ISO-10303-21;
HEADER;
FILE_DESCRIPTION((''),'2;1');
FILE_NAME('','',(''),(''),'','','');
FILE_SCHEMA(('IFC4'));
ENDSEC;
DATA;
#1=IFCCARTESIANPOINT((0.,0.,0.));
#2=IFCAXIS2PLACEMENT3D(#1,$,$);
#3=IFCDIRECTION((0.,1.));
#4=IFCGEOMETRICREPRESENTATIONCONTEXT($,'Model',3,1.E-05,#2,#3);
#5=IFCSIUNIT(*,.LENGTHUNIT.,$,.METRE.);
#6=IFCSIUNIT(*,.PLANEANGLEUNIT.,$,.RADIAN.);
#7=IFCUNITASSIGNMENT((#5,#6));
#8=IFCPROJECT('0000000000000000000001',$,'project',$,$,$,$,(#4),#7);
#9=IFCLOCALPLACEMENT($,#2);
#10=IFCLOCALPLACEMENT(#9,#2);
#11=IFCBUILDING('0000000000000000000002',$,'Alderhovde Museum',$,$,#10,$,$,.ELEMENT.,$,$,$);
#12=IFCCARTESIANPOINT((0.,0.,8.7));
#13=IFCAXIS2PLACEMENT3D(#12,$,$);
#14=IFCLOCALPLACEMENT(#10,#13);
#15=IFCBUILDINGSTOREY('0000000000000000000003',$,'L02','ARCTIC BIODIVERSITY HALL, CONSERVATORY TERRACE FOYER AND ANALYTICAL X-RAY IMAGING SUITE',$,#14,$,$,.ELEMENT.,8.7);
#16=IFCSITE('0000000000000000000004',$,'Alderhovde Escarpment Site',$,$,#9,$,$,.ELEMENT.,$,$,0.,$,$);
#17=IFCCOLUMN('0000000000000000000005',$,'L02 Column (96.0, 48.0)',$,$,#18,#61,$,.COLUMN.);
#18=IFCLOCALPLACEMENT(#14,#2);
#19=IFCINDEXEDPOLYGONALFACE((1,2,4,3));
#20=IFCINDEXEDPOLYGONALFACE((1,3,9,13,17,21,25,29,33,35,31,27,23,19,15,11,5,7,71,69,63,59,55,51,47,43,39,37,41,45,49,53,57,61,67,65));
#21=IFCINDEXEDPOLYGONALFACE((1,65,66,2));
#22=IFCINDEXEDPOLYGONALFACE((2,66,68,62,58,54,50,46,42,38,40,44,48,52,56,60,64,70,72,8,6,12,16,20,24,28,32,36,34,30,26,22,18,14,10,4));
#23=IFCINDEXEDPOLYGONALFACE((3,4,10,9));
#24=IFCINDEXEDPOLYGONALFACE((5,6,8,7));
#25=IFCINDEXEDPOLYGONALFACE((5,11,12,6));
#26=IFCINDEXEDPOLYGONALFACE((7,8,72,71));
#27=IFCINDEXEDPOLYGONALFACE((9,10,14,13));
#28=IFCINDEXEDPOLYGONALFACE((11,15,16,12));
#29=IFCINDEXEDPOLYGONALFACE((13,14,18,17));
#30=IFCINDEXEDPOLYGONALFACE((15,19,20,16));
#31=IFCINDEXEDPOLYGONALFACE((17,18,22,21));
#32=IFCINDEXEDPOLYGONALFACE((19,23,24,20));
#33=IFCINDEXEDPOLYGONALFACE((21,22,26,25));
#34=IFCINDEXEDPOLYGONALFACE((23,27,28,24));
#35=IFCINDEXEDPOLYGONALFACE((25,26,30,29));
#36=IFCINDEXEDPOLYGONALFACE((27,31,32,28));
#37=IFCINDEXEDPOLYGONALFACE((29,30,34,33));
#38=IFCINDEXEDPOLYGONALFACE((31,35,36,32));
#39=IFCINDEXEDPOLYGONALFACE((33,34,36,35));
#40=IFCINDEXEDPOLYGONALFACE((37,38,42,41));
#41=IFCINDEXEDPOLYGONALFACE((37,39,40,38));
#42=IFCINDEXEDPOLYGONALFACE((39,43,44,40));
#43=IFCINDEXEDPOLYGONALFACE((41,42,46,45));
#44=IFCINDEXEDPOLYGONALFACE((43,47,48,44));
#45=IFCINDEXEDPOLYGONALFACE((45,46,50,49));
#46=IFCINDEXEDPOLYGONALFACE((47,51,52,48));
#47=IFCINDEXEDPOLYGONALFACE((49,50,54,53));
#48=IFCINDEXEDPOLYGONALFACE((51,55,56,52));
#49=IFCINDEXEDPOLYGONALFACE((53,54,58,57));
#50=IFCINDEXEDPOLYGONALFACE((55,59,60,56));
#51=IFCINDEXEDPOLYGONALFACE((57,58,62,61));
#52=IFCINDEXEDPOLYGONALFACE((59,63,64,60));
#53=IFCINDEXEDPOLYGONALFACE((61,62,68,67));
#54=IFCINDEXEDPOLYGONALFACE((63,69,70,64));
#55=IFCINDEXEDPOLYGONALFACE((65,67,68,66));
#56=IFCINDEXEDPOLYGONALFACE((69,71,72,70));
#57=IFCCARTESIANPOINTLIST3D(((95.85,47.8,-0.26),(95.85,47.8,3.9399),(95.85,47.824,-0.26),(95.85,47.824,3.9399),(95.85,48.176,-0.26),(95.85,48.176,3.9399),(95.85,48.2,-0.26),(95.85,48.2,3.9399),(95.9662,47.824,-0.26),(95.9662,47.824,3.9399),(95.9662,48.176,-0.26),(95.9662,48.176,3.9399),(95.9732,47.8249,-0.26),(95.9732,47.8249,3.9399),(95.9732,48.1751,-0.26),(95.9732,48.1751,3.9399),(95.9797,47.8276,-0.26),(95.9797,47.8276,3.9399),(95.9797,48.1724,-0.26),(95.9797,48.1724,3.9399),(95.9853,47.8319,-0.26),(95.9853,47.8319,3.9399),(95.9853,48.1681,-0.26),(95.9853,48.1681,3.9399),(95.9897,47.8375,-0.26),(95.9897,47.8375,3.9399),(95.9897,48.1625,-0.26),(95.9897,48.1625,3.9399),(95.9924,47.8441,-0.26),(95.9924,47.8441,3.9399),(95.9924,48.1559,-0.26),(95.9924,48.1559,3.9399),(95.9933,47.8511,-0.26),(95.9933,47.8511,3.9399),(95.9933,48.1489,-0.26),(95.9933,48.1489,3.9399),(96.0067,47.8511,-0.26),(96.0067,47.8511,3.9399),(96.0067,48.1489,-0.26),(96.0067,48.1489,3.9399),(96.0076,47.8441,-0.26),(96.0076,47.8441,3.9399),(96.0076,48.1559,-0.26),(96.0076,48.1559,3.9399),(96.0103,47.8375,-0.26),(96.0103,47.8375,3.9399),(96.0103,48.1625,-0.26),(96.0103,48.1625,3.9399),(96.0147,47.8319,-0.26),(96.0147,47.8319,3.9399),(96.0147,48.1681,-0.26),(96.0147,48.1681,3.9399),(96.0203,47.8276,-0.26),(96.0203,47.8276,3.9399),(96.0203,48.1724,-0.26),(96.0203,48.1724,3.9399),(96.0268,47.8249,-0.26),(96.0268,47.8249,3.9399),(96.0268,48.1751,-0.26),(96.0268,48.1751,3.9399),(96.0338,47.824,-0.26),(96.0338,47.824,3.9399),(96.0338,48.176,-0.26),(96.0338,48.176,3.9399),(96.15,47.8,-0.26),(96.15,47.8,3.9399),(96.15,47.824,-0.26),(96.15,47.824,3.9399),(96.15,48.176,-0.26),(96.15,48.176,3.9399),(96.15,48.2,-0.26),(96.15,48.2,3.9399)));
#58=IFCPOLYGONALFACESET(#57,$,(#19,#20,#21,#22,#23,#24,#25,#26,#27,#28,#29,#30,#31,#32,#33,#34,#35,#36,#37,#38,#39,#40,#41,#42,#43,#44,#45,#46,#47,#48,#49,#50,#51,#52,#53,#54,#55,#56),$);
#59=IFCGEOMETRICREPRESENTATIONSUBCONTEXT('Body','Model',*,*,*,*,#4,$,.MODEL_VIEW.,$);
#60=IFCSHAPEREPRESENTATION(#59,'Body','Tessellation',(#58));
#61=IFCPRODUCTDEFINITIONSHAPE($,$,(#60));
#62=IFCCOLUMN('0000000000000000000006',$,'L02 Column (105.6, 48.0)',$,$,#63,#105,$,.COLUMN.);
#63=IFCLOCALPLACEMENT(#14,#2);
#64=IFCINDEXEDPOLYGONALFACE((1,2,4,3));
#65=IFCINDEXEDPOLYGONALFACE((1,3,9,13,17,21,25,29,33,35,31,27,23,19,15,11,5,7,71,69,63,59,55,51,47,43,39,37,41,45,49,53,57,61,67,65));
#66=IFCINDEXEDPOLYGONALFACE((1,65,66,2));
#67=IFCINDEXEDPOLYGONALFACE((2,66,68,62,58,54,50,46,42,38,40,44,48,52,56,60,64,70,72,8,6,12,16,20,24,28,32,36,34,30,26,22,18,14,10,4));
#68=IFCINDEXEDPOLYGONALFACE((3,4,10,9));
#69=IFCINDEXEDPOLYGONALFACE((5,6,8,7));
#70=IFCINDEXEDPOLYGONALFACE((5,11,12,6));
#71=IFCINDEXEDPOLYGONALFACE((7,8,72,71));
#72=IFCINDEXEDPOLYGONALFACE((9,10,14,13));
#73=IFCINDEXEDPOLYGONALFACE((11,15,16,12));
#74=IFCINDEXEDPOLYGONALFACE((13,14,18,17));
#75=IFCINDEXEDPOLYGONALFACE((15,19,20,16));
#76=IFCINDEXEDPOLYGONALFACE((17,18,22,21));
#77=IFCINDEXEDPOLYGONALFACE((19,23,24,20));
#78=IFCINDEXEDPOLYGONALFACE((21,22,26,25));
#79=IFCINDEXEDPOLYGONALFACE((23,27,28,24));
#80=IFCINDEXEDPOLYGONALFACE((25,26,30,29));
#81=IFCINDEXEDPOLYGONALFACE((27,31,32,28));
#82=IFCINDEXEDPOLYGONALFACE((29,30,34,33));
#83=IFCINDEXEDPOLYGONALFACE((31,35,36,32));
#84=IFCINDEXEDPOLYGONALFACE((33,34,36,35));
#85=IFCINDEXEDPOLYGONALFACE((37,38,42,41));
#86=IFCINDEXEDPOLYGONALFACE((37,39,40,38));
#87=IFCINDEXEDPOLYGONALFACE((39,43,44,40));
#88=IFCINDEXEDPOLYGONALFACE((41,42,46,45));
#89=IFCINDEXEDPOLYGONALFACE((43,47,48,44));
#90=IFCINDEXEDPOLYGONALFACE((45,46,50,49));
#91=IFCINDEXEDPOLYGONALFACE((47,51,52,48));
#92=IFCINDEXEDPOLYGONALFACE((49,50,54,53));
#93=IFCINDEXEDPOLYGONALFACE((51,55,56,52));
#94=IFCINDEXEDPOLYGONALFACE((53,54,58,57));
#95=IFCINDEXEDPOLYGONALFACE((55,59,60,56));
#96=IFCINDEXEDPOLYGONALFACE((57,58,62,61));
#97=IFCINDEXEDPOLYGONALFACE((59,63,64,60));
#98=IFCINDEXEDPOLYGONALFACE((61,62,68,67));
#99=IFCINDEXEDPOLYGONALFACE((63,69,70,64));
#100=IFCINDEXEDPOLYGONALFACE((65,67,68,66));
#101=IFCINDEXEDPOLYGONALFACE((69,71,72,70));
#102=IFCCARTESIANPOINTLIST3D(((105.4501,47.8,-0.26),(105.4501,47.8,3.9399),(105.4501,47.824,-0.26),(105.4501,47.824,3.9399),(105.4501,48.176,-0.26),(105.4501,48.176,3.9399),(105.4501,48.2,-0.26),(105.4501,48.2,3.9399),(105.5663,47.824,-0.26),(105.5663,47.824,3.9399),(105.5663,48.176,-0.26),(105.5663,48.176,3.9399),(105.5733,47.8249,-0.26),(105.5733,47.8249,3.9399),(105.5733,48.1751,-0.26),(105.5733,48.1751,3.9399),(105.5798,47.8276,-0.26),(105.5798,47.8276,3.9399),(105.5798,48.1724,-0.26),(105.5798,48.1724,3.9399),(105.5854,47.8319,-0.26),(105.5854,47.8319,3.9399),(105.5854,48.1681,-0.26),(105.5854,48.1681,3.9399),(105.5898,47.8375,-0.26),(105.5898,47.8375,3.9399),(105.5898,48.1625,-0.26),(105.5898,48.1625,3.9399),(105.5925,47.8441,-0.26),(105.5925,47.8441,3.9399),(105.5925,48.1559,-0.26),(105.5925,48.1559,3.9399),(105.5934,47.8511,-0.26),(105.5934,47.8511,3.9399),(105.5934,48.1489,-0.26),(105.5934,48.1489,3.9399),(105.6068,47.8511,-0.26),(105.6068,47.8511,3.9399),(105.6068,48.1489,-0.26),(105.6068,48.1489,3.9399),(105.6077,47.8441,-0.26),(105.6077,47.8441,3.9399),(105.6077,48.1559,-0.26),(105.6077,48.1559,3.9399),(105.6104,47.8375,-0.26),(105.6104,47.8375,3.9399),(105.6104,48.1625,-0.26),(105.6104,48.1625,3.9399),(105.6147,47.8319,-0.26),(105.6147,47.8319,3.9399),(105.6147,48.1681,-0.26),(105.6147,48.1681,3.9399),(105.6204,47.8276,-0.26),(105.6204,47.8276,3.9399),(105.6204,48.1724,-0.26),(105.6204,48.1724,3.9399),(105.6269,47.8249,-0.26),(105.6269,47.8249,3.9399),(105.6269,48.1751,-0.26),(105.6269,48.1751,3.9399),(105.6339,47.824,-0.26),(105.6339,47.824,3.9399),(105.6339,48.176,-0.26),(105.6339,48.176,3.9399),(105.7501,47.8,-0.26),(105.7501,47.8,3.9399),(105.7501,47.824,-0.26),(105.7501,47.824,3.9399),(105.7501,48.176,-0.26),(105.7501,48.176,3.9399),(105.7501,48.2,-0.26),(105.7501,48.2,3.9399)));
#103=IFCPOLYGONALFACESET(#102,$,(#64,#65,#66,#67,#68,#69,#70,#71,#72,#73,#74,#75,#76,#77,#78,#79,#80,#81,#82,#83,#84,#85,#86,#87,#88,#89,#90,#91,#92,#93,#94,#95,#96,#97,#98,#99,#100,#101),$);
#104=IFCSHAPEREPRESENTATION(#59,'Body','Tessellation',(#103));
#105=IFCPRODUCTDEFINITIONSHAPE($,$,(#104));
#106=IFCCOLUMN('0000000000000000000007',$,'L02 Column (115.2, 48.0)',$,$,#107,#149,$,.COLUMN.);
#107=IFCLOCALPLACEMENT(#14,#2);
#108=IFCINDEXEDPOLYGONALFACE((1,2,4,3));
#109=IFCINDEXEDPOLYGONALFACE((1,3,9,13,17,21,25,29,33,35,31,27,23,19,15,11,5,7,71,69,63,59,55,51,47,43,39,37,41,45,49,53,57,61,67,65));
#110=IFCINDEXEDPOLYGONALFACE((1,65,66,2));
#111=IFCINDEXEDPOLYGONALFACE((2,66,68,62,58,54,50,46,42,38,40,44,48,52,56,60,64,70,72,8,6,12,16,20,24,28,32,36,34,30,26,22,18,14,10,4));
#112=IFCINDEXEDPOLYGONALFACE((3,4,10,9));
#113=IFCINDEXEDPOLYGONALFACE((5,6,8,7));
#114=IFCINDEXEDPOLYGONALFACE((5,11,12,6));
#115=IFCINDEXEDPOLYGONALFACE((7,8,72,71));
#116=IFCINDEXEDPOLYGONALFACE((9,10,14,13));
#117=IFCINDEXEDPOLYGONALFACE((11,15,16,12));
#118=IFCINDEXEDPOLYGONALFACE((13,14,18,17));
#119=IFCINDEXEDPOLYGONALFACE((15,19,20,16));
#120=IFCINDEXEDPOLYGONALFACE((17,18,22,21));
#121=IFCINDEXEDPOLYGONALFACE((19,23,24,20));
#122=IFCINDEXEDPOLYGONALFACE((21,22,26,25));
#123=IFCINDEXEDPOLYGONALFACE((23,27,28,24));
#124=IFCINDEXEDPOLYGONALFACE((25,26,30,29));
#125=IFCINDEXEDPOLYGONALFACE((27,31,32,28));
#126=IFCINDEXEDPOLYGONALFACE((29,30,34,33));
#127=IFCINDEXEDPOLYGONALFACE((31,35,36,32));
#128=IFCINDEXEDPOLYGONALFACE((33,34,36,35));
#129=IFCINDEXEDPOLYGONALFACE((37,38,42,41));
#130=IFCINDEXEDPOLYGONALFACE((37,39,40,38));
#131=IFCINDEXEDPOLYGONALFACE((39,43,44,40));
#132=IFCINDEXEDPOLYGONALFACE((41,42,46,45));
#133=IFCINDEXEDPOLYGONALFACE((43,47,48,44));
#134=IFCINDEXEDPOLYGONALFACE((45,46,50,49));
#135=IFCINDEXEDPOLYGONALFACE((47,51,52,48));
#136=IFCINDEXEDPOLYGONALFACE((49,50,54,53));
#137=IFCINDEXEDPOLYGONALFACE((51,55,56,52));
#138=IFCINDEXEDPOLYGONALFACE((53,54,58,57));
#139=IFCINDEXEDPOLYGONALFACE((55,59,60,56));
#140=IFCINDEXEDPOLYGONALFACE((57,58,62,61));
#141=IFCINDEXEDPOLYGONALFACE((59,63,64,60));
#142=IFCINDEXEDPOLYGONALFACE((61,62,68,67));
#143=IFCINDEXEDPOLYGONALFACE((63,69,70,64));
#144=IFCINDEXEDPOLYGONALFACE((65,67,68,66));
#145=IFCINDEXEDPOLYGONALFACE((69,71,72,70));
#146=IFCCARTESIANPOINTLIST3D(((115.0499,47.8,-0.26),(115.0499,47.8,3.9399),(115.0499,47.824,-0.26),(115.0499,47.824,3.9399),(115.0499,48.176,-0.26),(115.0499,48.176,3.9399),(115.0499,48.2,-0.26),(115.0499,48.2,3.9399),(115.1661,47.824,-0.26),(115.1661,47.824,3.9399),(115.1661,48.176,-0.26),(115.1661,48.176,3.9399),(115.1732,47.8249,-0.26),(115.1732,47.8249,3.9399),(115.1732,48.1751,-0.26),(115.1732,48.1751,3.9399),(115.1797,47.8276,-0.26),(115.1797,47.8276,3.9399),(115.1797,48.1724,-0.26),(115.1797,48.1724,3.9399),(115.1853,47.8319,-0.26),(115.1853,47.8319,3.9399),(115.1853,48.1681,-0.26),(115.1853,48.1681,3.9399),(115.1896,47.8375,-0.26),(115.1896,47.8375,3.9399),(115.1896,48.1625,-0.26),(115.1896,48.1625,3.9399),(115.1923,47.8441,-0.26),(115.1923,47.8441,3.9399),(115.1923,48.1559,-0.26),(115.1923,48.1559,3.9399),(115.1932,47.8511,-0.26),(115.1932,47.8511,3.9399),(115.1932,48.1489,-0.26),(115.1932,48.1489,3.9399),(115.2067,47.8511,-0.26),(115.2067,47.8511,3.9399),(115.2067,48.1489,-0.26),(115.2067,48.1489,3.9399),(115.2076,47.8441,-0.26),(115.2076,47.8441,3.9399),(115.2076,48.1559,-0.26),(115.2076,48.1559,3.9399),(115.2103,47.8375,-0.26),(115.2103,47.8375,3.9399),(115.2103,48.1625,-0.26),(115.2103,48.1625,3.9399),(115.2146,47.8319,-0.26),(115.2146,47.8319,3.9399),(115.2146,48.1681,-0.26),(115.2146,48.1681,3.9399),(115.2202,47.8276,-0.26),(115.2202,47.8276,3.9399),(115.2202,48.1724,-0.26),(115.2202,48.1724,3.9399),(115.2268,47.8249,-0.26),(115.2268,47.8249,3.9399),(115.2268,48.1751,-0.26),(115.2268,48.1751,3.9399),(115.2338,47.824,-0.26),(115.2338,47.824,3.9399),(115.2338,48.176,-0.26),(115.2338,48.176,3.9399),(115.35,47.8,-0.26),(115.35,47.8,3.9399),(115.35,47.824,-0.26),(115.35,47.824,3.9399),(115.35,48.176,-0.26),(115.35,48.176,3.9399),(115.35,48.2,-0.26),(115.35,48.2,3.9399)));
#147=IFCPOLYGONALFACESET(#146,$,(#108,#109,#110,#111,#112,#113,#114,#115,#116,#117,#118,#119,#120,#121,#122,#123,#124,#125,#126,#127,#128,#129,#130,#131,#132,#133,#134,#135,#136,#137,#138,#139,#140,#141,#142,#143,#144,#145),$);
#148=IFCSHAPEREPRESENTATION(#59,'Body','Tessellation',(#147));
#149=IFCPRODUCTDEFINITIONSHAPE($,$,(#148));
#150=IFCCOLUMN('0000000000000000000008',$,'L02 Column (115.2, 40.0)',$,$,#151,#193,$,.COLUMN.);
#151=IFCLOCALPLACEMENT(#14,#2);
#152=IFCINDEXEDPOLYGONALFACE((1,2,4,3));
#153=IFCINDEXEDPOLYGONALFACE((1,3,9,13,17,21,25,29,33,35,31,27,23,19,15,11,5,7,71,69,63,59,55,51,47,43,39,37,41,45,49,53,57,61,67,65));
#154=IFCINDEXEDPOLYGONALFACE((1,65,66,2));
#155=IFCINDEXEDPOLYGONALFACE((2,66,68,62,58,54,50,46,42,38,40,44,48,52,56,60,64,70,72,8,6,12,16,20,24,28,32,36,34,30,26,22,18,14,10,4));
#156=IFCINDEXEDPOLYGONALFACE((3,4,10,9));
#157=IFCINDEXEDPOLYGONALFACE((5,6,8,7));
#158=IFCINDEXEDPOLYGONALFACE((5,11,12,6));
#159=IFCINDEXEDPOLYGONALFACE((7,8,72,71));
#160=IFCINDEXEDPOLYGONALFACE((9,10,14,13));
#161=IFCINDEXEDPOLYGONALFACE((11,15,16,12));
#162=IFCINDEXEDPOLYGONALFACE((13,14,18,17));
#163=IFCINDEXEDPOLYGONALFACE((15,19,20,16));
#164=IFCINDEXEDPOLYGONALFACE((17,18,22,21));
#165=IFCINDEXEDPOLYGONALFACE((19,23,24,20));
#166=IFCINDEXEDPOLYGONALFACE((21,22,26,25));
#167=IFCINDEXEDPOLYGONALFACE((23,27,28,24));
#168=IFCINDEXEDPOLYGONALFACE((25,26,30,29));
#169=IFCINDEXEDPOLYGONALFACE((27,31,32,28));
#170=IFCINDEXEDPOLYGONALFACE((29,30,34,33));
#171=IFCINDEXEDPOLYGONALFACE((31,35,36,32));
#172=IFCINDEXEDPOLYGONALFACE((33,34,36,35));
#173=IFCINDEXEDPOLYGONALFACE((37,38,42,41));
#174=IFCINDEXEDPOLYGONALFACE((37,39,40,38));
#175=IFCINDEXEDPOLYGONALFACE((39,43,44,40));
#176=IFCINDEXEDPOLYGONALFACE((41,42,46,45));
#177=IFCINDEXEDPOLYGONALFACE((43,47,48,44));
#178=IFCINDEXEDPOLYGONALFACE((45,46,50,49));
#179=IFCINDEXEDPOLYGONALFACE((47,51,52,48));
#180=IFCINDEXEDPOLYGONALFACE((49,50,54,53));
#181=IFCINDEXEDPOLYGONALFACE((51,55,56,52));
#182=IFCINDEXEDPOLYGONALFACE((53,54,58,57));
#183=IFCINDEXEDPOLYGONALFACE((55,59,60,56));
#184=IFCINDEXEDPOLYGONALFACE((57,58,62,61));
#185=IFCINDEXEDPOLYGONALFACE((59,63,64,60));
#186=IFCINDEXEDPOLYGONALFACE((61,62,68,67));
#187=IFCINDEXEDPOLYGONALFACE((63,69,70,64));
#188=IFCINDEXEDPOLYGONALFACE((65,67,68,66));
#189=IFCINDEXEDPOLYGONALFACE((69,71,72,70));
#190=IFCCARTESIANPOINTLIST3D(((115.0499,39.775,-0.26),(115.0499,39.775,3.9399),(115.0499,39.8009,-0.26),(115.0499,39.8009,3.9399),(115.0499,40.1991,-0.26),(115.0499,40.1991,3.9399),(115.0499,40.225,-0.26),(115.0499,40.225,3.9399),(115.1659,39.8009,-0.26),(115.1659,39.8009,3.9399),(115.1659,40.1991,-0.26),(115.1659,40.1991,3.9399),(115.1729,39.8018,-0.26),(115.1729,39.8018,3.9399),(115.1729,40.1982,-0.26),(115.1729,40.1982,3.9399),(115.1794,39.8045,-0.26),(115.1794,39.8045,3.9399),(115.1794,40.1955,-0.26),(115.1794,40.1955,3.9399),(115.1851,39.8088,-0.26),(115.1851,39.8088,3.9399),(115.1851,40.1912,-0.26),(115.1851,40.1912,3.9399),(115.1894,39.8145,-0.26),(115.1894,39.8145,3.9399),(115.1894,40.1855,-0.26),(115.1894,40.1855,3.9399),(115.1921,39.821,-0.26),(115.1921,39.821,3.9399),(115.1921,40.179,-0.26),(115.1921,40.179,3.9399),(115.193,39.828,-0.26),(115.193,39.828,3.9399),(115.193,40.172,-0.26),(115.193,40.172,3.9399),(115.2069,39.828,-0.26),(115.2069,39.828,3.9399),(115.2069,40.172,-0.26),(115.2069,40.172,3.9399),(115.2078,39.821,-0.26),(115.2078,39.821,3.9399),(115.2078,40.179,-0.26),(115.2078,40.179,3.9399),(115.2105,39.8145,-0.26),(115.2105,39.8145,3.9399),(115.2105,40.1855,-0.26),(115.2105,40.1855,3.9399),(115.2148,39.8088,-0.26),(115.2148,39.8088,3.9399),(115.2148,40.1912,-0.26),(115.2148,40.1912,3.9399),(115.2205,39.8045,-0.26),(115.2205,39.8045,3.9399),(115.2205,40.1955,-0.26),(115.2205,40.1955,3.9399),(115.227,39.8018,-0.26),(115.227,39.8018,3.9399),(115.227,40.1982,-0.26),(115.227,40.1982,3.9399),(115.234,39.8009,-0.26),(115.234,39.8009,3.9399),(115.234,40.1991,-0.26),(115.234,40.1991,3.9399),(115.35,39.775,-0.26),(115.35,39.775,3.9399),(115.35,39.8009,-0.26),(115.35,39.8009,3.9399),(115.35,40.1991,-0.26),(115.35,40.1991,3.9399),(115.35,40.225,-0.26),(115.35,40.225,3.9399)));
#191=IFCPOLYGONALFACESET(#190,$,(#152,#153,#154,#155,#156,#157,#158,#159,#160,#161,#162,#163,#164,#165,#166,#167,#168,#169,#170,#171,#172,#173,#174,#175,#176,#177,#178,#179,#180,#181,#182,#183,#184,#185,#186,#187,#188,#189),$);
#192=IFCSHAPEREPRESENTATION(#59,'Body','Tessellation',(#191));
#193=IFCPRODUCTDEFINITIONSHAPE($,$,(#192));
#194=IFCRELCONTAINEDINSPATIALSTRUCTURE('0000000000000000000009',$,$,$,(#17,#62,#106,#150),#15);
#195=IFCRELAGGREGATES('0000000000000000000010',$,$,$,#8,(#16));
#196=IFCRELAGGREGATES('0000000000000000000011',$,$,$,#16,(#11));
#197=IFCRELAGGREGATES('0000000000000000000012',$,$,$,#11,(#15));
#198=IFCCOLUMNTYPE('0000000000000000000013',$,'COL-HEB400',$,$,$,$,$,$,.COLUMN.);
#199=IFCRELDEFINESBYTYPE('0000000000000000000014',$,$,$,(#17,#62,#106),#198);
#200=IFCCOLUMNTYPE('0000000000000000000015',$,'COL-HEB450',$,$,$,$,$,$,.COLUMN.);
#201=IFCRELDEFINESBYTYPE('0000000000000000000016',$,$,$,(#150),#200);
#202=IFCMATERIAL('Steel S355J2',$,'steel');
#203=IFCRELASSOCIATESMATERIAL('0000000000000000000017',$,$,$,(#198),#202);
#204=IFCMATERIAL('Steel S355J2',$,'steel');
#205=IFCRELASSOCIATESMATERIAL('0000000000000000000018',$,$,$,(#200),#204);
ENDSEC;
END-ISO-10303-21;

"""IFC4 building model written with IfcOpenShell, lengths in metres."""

from ifc_helpers import new_model, si_unit, direction, frame, origin, origin_2d, place, context, subcontext, project, spatial, i_section, extrude, material, material_profile, profile_set, type_object, element, save


model = new_model("IFC4")

# Units and contexts
model_context = context("Model", 3, precision=1e-05, world=origin(), true_north=direction((0.0, 1.0)))
body_context = subcontext(model_context, "Body", "Model", "MODEL_VIEW")
ifc_project = project(units=[si_unit("LENGTHUNIT", "METRE"), si_unit("PLANEANGLEUNIT", "RADIAN")], contexts=[model_context])

# Site, building, storey
site_placement = place(None, origin())
site = spatial("IfcSite", under=ifc_project, at=site_placement, Name="Alderhovde Escarpment Site", CompositionType="ELEMENT", RefElevation=0.0)
building_placement = place(site_placement, origin())
building = spatial("IfcBuilding", under=site, at=building_placement, Name="Alderhovde Museum", CompositionType="ELEMENT")
storey_placement = place(building_placement, frame((0.0, 0.0, 8.7)))
storey = spatial("IfcBuildingStorey", under=building, at=storey_placement, Name="L02", Description="ARCTIC BIODIVERSITY HALL, CONSERVATORY TERRACE FOYER AND ANALYTICAL X-RAY IMAGING SUITE", CompositionType="ELEMENT", Elevation=8.7)

# Columns
ifc_material_1 = material(Name="Steel S355J2", Category="steel")
ifc_material_profile_1 = material_profile(ifc_material_1, i_section(OverallWidth=0.3, OverallDepth=0.3999, WebThickness=0.0134, FlangeThickness=0.0239, FilletRadius=0.0271, at=origin_2d()), Name="HEB 400")
ifc_profile_set_1 = profile_set([ifc_material_profile_1], Name="Steel S355J2")
column_type_1 = type_object("IfcColumnType", Name="COL-HEB400", PredefinedType="COLUMN", material=ifc_profile_set_1)
for number, where, z_axis, x_axis, name in (
    (1, (96.0, 48.0, -0.26), (0.0, 0.0, 1.0), (1.0, 0.0, 0.0), "L02 Column (96.0, 48.0)"),
    (2, (105.6001, 48.0, -0.26), (0.0, 0.0, 1.0), (1.0, 0.0, 0.0), "L02 Column (105.6, 48.0)"),
    (3, (115.2, 48.0, -0.26), (0.0, 0.0, 1.0), (1.0, 0.0, 0.0), "L02 Column (115.2, 48.0)"),
):
    element("IfcColumn", number, at=place(storey_placement, frame(where, z_axis=z_axis, x_axis=x_axis)), inside=storey, type_object=column_type_1, Name=name, PredefinedType="COLUMN", context=body_context, shape_type="SweptSolid", body=[
        extrude(i_section(OverallWidth=0.3, OverallDepth=0.3999, WebThickness=0.0134, FlangeThickness=0.0239, FilletRadius=0.0271, at=origin_2d()), origin(), (0.0, 0.0, 1.0), 4.2),
    ])
ifc_material_2 = material(Name="Steel S355J2", Category="steel")
ifc_material_profile_2 = material_profile(ifc_material_2, i_section(OverallWidth=0.3, OverallDepth=0.45, WebThickness=0.0139, FlangeThickness=0.0259, FilletRadius=0.0271, at=origin_2d()), Name="HEB 450")
ifc_profile_set_2 = profile_set([ifc_material_profile_2], Name="Steel S355J2")
column_type_2 = type_object("IfcColumnType", Name="COL-HEB450", PredefinedType="COLUMN", material=ifc_profile_set_2)
column_placement = place(storey_placement, frame((115.2, 40.0, -0.26), z_axis=(0.0, 0.0, 1.0), x_axis=(1.0, 0.0, 0.0)))
element("IfcColumn", 4, at=column_placement, inside=storey, type_object=column_type_2, Name="L02 Column (115.2, 40.0)", PredefinedType="COLUMN", context=body_context, shape_type="SweptSolid", body=[
    extrude(i_section(OverallWidth=0.3, OverallDepth=0.45, WebThickness=0.0139, FlangeThickness=0.0259, FilletRadius=0.0271, at=origin_2d()), origin(), (0.0, 0.0, 1.0), 4.2),
])

save(model, "model.ifc")
